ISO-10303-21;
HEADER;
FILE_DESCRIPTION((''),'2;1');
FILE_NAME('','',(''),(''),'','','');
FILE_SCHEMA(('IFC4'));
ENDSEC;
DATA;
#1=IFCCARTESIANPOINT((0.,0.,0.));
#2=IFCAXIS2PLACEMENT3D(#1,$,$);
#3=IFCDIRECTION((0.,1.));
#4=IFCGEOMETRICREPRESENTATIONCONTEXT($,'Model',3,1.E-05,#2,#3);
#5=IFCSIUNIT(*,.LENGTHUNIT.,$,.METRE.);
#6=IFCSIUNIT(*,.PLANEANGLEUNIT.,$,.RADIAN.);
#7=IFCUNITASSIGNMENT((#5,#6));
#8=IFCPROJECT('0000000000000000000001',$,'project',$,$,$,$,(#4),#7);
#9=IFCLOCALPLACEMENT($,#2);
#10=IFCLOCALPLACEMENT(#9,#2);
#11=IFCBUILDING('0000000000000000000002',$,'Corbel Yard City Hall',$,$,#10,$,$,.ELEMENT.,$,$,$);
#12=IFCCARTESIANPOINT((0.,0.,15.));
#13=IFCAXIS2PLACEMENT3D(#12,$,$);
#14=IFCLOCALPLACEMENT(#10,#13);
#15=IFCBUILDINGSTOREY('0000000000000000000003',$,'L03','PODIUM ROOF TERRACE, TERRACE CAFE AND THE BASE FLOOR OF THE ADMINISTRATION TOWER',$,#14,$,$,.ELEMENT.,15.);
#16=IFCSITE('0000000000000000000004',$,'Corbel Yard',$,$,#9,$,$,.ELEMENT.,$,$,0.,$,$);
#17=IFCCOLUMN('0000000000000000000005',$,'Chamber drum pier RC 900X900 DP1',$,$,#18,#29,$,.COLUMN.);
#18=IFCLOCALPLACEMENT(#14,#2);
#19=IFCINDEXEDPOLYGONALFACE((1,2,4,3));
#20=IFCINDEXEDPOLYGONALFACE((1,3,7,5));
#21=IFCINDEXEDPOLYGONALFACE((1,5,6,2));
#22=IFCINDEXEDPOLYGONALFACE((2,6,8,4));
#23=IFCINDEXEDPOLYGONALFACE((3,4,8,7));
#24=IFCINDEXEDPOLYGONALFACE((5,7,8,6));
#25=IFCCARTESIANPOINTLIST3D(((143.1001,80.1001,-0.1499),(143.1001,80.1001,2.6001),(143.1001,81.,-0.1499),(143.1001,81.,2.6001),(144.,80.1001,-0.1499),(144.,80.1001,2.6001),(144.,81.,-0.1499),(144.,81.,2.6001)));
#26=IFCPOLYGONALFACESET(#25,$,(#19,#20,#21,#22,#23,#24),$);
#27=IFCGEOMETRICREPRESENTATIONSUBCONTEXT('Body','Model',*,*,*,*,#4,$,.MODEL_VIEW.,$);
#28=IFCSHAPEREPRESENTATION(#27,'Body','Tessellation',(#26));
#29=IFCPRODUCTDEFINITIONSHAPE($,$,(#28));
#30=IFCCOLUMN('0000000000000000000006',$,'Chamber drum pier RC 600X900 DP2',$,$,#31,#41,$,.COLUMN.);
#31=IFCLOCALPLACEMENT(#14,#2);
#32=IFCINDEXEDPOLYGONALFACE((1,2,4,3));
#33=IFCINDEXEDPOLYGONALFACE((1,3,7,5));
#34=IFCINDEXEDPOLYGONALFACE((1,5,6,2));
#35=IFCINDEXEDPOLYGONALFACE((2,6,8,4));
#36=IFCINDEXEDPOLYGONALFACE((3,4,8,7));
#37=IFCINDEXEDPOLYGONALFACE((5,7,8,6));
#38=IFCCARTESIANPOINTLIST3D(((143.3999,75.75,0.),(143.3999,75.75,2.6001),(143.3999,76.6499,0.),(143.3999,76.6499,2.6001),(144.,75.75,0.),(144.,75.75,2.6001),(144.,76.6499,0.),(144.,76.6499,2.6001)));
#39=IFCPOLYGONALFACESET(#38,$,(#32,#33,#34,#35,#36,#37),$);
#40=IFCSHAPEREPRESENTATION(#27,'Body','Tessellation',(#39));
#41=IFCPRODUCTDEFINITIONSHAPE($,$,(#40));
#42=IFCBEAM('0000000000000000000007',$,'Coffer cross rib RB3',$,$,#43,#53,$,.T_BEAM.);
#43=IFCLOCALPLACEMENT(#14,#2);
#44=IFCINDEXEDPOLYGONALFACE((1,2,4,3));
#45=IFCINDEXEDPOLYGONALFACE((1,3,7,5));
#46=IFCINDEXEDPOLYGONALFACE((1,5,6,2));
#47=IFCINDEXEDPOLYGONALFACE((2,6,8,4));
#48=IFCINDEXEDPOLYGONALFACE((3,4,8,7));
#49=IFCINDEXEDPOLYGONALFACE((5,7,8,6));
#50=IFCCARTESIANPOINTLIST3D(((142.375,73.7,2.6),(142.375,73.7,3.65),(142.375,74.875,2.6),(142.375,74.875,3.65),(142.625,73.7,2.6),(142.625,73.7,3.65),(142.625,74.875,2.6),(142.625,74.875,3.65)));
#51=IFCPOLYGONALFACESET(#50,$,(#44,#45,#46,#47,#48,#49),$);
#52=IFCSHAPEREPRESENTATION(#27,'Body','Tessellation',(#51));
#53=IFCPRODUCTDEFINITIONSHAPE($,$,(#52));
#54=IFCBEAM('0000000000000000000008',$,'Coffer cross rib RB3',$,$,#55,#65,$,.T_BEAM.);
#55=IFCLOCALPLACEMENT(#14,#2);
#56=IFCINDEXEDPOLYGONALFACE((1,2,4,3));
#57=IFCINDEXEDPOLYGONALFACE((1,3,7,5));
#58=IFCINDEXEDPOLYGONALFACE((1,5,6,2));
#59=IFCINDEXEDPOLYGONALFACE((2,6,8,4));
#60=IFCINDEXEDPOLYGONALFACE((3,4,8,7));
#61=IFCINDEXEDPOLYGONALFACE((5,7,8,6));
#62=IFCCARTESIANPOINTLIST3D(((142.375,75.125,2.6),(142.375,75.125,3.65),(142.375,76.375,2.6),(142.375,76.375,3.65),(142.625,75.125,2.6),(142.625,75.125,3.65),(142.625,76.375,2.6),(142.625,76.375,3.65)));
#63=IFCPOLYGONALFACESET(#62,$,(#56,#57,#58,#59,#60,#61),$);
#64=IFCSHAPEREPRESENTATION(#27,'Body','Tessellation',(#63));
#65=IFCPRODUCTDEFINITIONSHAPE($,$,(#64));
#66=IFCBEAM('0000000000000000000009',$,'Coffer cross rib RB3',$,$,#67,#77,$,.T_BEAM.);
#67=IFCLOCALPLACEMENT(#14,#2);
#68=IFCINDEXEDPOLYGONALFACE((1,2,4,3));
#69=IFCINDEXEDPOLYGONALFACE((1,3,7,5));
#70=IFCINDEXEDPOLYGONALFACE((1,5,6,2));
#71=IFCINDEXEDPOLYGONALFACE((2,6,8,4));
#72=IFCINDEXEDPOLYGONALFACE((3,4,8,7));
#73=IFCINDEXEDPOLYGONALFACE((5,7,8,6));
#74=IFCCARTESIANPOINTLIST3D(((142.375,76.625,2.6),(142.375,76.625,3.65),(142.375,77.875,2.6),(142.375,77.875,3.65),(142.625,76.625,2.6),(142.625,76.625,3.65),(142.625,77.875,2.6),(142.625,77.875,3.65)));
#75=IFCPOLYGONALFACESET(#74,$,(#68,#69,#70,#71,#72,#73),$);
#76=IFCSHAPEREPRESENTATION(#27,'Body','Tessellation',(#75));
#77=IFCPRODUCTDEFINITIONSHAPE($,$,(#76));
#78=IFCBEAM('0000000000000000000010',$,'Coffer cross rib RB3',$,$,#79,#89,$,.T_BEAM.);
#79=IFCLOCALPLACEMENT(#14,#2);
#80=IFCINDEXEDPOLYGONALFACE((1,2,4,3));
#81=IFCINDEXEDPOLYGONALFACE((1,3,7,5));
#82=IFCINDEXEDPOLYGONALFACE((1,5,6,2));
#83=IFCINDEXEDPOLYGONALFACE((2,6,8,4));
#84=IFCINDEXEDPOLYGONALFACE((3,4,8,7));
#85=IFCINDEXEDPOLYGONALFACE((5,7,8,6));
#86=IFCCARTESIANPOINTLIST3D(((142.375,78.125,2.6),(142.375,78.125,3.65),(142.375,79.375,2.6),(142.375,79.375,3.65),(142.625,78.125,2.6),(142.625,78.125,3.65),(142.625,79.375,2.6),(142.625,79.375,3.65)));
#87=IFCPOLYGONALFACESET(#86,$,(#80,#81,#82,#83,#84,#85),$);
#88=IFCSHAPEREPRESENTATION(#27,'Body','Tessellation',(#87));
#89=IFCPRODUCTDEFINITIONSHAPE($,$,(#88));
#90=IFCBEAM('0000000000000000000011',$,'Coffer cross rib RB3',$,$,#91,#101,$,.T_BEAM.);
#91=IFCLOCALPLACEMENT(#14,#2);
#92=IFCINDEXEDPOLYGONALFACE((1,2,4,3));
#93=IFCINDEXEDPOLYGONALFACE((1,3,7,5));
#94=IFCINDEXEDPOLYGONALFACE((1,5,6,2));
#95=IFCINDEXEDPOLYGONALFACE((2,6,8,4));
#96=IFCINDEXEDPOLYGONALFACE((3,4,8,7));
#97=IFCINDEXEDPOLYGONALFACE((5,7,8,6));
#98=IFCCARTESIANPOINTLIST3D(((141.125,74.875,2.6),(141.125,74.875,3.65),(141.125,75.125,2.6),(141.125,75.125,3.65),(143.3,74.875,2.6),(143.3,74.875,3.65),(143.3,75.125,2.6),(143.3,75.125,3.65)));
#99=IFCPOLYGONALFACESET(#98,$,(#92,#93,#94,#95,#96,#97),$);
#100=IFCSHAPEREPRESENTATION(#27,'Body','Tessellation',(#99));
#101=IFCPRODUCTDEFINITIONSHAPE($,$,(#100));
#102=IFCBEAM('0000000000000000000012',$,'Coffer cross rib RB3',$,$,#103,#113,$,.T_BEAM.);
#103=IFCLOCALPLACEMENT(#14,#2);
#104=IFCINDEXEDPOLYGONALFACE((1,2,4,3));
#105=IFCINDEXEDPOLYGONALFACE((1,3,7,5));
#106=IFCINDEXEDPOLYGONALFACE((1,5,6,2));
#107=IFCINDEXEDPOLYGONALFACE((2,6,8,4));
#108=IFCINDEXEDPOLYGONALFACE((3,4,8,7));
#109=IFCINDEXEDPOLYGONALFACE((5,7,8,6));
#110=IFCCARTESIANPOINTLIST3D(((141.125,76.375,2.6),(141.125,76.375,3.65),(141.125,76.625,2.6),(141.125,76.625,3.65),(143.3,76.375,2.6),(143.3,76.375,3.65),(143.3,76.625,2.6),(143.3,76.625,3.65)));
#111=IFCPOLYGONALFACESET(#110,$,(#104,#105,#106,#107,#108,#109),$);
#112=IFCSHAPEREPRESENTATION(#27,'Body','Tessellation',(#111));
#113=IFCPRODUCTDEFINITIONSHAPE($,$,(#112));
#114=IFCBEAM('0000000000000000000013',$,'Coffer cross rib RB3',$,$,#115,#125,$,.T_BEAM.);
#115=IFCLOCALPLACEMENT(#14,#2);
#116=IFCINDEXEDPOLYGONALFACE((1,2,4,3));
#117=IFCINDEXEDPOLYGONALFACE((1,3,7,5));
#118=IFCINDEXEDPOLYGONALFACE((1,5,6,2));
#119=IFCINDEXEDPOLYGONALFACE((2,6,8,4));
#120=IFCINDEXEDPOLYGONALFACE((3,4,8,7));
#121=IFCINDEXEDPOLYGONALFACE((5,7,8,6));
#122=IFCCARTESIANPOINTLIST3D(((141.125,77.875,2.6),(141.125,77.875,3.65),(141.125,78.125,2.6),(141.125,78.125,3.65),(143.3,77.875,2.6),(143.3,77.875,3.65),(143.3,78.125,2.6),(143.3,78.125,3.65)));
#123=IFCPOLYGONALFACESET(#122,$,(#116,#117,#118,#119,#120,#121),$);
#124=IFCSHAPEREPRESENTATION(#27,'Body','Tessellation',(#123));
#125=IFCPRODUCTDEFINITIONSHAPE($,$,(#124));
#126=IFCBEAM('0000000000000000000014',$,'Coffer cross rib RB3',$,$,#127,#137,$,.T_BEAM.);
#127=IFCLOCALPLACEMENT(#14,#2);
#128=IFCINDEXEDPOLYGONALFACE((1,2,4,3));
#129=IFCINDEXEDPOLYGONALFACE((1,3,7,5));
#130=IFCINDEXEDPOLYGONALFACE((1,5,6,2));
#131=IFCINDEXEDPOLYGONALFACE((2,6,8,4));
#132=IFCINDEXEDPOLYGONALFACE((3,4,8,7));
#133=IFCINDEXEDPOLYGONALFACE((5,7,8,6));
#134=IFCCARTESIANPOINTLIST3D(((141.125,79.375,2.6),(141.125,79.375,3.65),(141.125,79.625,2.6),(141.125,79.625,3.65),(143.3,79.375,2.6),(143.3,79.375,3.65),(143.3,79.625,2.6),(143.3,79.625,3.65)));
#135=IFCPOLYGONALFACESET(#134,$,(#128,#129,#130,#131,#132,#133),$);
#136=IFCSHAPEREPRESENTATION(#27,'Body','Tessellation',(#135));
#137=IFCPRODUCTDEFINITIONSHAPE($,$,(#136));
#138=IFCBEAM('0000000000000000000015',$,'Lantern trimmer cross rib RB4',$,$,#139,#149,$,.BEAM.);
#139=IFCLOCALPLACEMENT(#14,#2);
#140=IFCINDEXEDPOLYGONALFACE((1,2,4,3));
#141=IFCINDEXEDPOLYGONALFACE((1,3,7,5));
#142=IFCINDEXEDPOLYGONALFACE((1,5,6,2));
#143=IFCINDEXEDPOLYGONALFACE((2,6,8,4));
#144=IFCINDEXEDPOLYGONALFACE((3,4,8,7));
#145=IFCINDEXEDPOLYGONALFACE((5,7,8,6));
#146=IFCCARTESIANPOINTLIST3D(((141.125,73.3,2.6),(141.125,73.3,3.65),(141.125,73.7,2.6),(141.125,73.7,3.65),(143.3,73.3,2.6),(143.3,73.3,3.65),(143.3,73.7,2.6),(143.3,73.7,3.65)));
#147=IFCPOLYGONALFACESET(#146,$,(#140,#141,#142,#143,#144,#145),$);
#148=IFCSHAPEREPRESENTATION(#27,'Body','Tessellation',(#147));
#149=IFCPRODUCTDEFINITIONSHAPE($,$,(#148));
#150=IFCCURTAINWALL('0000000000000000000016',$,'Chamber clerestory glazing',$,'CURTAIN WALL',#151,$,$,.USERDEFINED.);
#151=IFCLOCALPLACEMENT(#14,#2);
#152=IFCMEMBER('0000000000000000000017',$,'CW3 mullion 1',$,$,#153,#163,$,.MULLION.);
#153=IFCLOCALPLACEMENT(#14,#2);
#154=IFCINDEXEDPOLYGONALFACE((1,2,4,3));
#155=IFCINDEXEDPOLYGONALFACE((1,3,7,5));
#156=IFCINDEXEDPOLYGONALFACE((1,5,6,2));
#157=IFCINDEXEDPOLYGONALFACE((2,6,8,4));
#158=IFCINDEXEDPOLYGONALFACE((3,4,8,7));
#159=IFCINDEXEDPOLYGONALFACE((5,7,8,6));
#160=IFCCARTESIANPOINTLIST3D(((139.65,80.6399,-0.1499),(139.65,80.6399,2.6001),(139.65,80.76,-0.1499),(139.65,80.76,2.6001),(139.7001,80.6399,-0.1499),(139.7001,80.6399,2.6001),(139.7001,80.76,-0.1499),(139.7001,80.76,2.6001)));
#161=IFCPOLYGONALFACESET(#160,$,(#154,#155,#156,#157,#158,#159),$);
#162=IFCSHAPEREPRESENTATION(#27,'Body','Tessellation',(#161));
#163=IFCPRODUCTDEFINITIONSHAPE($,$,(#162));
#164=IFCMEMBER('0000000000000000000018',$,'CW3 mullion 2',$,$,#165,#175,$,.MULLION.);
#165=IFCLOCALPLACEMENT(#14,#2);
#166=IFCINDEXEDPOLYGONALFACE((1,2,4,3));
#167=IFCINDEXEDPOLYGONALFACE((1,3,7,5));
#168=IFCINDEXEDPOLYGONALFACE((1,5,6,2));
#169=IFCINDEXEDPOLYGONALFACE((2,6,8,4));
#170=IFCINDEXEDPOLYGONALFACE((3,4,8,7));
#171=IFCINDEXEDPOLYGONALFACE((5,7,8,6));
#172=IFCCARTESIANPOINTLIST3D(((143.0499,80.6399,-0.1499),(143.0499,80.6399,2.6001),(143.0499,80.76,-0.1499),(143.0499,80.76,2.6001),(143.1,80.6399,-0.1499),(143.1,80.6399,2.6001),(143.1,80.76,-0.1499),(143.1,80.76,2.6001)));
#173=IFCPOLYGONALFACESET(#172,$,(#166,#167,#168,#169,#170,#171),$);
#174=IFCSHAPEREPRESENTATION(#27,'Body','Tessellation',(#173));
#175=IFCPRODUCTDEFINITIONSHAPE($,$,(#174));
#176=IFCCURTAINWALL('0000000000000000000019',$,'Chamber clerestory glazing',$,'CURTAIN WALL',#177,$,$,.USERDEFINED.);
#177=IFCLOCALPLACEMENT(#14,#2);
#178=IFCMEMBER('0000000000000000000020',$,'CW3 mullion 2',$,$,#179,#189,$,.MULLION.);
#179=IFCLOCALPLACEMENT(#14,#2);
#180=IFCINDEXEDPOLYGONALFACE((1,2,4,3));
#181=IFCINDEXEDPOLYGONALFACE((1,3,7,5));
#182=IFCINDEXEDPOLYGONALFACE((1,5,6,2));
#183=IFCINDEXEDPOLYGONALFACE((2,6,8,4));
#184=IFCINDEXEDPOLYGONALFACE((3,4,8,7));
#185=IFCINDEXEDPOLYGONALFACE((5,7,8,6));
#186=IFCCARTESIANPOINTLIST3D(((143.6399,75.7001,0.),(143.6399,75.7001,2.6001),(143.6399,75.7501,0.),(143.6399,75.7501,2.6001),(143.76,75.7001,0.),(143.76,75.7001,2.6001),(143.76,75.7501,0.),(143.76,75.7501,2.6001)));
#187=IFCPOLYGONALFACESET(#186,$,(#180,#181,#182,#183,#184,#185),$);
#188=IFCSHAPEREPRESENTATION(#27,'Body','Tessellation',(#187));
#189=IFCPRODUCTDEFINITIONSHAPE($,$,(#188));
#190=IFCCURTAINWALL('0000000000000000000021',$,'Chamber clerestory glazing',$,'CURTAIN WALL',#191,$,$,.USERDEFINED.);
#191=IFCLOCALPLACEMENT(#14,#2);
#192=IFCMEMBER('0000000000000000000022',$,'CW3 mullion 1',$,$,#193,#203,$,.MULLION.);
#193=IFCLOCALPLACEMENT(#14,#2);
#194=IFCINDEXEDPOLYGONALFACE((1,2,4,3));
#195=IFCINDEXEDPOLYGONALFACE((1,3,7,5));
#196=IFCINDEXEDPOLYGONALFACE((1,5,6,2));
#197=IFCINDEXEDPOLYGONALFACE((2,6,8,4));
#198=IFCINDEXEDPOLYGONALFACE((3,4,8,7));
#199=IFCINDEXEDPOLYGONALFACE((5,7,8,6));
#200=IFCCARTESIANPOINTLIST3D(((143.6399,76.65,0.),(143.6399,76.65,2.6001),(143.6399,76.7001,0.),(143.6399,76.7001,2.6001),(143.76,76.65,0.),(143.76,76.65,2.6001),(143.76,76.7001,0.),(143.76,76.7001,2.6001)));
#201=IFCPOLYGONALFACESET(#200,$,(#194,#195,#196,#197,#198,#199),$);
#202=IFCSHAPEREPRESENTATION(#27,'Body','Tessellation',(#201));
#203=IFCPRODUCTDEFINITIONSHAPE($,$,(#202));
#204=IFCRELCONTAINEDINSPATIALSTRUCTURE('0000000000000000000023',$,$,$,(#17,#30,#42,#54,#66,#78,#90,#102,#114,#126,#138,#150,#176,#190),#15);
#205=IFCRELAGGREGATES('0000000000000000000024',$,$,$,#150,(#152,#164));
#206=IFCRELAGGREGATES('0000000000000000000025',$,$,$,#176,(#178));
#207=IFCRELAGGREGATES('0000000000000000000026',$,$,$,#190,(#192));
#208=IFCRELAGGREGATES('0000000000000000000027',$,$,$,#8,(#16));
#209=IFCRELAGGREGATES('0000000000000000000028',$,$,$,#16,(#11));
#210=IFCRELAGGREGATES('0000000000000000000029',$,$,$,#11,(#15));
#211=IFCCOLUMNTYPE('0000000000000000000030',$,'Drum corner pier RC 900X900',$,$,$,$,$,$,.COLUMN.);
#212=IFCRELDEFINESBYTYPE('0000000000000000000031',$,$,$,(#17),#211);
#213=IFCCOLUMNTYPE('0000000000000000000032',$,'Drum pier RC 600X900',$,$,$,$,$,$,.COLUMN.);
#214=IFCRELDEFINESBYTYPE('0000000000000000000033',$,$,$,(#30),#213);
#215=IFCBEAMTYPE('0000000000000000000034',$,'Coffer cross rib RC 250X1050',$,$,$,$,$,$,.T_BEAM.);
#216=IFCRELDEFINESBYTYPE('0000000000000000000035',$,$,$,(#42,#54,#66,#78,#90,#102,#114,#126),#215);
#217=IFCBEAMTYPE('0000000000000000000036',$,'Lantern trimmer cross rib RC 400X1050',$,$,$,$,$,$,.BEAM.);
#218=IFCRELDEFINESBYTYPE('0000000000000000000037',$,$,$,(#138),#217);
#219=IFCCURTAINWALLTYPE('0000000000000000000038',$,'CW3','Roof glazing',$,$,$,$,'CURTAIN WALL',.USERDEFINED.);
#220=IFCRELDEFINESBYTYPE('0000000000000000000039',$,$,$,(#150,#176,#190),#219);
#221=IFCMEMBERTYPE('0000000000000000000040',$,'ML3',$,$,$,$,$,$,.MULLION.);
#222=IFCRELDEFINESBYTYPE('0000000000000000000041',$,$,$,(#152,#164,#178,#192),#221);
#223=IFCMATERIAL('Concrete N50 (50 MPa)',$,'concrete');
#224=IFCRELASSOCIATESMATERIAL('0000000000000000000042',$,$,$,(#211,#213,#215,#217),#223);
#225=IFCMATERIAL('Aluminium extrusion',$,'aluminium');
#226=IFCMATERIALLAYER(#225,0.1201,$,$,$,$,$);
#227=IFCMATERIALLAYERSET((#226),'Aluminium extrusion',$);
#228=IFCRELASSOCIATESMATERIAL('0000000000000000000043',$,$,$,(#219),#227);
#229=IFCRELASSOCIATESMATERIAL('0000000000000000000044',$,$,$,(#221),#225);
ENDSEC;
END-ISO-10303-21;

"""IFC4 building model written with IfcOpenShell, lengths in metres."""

from ifc_helpers import new_model, si_unit, direction, frame, origin, origin_2d, place, context, subcontext, project, spatial, rectangle, extrude, material, layer, layer_set, material_profile, profile_set, type_object, element, aggregate, save


model = new_model("IFC4")

# Units and contexts
model_context = context("Model", 3, precision=1e-05, world=origin(), true_north=direction((0.0, 1.0)))
body_context = subcontext(model_context, "Body", "Model", "MODEL_VIEW")
ifc_project = project(units=[si_unit("LENGTHUNIT", "METRE"), si_unit("PLANEANGLEUNIT", "RADIAN")], contexts=[model_context])

# Site, building, storey
site_placement = place(None, origin())
site = spatial("IfcSite", under=ifc_project, at=site_placement, Name="Corbel Yard", CompositionType="ELEMENT", RefElevation=0.0)
building_placement = place(site_placement, origin())
building = spatial("IfcBuilding", under=site, at=building_placement, Name="Corbel Yard City Hall", CompositionType="ELEMENT")
storey_placement = place(building_placement, frame((0.0, 0.0, 15.0)))
storey = spatial("IfcBuildingStorey", under=building, at=storey_placement, Name="L03", Description="PODIUM ROOF TERRACE, TERRACE CAFE AND THE BASE FLOOR OF THE ADMINISTRATION TOWER", CompositionType="ELEMENT", Elevation=15.0)

# Columns
ifc_material_1 = material(Name="Concrete N50 (50 MPa)", Category="concrete")
ifc_material_profile_1 = material_profile(ifc_material_1, rectangle(XDim=0.8999, YDim=0.8999, at=origin_2d()), Name="900x900")
ifc_profile_set_1 = profile_set([ifc_material_profile_1], Name="Concrete N50 (50 MPa)")
column_type_1 = type_object("IfcColumnType", Name="Drum corner pier RC 900X900", PredefinedType="COLUMN", material=ifc_profile_set_1)
column_1_placement = place(storey_placement, frame((143.55, 80.55, -0.1499), z_axis=(0.0, 0.0, 1.0), x_axis=(1.0, 0.0, 0.0)))
element("IfcColumn", 1, at=column_1_placement, inside=storey, type_object=column_type_1, Name="Chamber drum pier RC 900X900 DP1", PredefinedType="COLUMN", context=body_context, shape_type="SweptSolid", body=[
    extrude(rectangle(XDim=0.8999, YDim=0.8999, at=origin_2d()), origin(), (0.0, 0.0, 1.0), 2.75),
])
ifc_material_profile_2 = material_profile(ifc_material_1, rectangle(XDim=0.6001, YDim=0.8999, at=origin_2d()), Name="600x900")
ifc_profile_set_2 = profile_set([ifc_material_profile_2], Name="Concrete N50 (50 MPa)")
column_type_2 = type_object("IfcColumnType", Name="Drum pier RC 600X900", PredefinedType="COLUMN", material=ifc_profile_set_2)
column_2_placement = place(storey_placement, frame((143.7, 76.2, 0.0), z_axis=(0.0, 0.0, 1.0), x_axis=(1.0, 0.0, 0.0)))
element("IfcColumn", 2, at=column_2_placement, inside=storey, type_object=column_type_2, Name="Chamber drum pier RC 600X900 DP2", PredefinedType="COLUMN", context=body_context, shape_type="SweptSolid", body=[
    extrude(rectangle(XDim=0.6001, YDim=0.8999, at=origin_2d()), origin(), (0.0, 0.0, 1.0), 2.6001),
])

# Beams
ifc_material_profile_3 = material_profile(ifc_material_1, rectangle(XDim=0.25, YDim=1.05, at=origin_2d()), Name="250x1050")
ifc_profile_set_3 = profile_set([ifc_material_profile_3], Name="Concrete N50 (50 MPa)")
beam_type_1 = type_object("IfcBeamType", Name="Coffer cross rib RC 250X1050", PredefinedType="T_BEAM", material=ifc_profile_set_3)
beam_1_placement = place(storey_placement, frame((142.5, 73.7, 3.125), z_axis=(0.0, 1.0, 0.0), x_axis=(-1.0, 0.0, 0.0)))
element("IfcBeam", 3, at=beam_1_placement, inside=storey, type_object=beam_type_1, Name="Coffer cross rib RB3", PredefinedType="T_BEAM", context=body_context, shape_type="SweptSolid", body=[
    extrude(rectangle(XDim=0.25, YDim=1.05, at=origin_2d()), origin(), (0.0, 0.0, 1.0), 1.175),
])
for number, where, z_axis, x_axis, name in (
    (4, (142.5, 75.125, 3.125), (0.0, 1.0, 0.0), (-1.0, 0.0, 0.0), "Coffer cross rib RB3"),
    (5, (142.5, 76.625, 3.125), (0.0, 1.0, 0.0), (-1.0, 0.0, 0.0), "Coffer cross rib RB3"),
    (6, (142.5, 78.125, 3.125), (0.0, 1.0, 0.0), (-1.0, 0.0, 0.0), "Coffer cross rib RB3"),
):
    element("IfcBeam", number, at=place(storey_placement, frame(where, z_axis=z_axis, x_axis=x_axis)), inside=storey, type_object=beam_type_1, Name=name, PredefinedType="T_BEAM", context=body_context, shape_type="SweptSolid", body=[
        extrude(rectangle(XDim=0.25, YDim=1.05, at=origin_2d()), origin(), (0.0, 0.0, 1.0), 1.25),
    ])
for number, where, z_axis, x_axis, name in (
    (7, (141.125, 75.0, 3.125), (1.0, 0.0, 0.0), (0.0, 1.0, 0.0), "Coffer cross rib RB3"),
    (8, (141.125, 76.5, 3.125), (1.0, 0.0, 0.0), (0.0, 1.0, 0.0), "Coffer cross rib RB3"),
    (9, (141.125, 78.0, 3.125), (1.0, 0.0, 0.0), (0.0, 1.0, 0.0), "Coffer cross rib RB3"),
    (10, (141.125, 79.5, 3.125), (1.0, 0.0, 0.0), (0.0, 1.0, 0.0), "Coffer cross rib RB3"),
):
    element("IfcBeam", number, at=place(storey_placement, frame(where, z_axis=z_axis, x_axis=x_axis)), inside=storey, type_object=beam_type_1, Name=name, PredefinedType="T_BEAM", context=body_context, shape_type="SweptSolid", body=[
        extrude(rectangle(XDim=0.25, YDim=1.05, at=origin_2d()), origin(), (0.0, 0.0, 1.0), 2.175),
    ])
ifc_material_profile_4 = material_profile(ifc_material_1, rectangle(XDim=0.3999, YDim=1.05, at=origin_2d()), Name="400x1050")
ifc_profile_set_4 = profile_set([ifc_material_profile_4], Name="Concrete N50 (50 MPa)")
beam_type_2 = type_object("IfcBeamType", Name="Lantern trimmer cross rib RC 400X1050", PredefinedType="BEAM", material=ifc_profile_set_4)
beam_2_placement = place(storey_placement, frame((141.125, 73.5, 3.125), z_axis=(1.0, 0.0, 0.0), x_axis=(0.0, 1.0, 0.0)))
element("IfcBeam", 11, at=beam_2_placement, inside=storey, type_object=beam_type_2, Name="Lantern trimmer cross rib RB4", PredefinedType="BEAM", context=body_context, shape_type="SweptSolid", body=[
    extrude(rectangle(XDim=0.3999, YDim=1.05, at=origin_2d()), origin(), (0.0, 0.0, 1.0), 2.175),
])

# Curtain wall, members
ifc_material_2 = material(Name="Aluminium extrusion", Category="aluminium")
ifc_layer_1 = layer(ifc_material_2, 0.1201)
ifc_layer_set_1 = layer_set([ifc_layer_1], Name="Aluminium extrusion")
curtain_wall_type = type_object("IfcCurtainWallType", Name="CW3", Description="Roof glazing", ElementType="CURTAIN WALL", PredefinedType="USERDEFINED", material=ifc_layer_set_1)
curtain_wall_1_placement = place(storey_placement, origin())
curtain_wall_1 = element("IfcCurtainWall", 12, at=curtain_wall_1_placement, inside=storey, type_object=curtain_wall_type, Name="Chamber clerestory glazing", ObjectType="CURTAIN WALL", PredefinedType="USERDEFINED")
ifc_material_profile_5 = material_profile(ifc_material_2, rectangle(XDim=0.1201, YDim=0.05, at=origin_2d()), Name="120x50")
ifc_profile_set_5 = profile_set([ifc_material_profile_5], Name="Aluminium extrusion")
member_type_1 = type_object("IfcMemberType", Name="ML3", PredefinedType="MULLION", material=ifc_profile_set_5)
member_1_placement = place(storey_placement, frame((139.675, 80.7, -0.1499), z_axis=(0.0, 0.0, 1.0), x_axis=(0.0, 1.0, 0.0)))
member_1 = element("IfcMember", 13, at=member_1_placement, type_object=member_type_1, Name="CW3 mullion 1", PredefinedType="MULLION", context=body_context, shape_type="SweptSolid", body=[
    extrude(rectangle(XDim=0.1201, YDim=0.05, at=origin_2d()), origin(), (0.0, 0.0, 1.0), 2.75),
])
member_2_placement = place(storey_placement, frame((143.075, 80.7, -0.1499), z_axis=(0.0, 0.0, 1.0), x_axis=(0.0, 1.0, 0.0)))
member_2 = element("IfcMember", 14, at=member_2_placement, type_object=member_type_1, Name="CW3 mullion 2", PredefinedType="MULLION", context=body_context, shape_type="SweptSolid", body=[
    extrude(rectangle(XDim=0.1201, YDim=0.05, at=origin_2d()), origin(), (0.0, 0.0, 1.0), 2.75),
])

# Curtain wall, member
curtain_wall_2_placement = place(storey_placement, origin())
curtain_wall_2 = element("IfcCurtainWall", 15, at=curtain_wall_2_placement, inside=storey, type_object=curtain_wall_type, Name="Chamber clerestory glazing", ObjectType="CURTAIN WALL", PredefinedType="USERDEFINED")
member_3_placement = place(storey_placement, frame((143.7, 75.7251, 0.0), z_axis=(0.0, 0.0, 1.0), x_axis=(-1.0, 0.0, 0.0)))
member_3 = element("IfcMember", 16, at=member_3_placement, type_object=member_type_1, Name="CW3 mullion 2", PredefinedType="MULLION", context=body_context, shape_type="SweptSolid", body=[
    extrude(rectangle(XDim=0.1201, YDim=0.05, at=origin_2d()), origin(), (0.0, 0.0, 1.0), 2.6001),
])

# Curtain wall, member
curtain_wall_3_placement = place(storey_placement, origin())
curtain_wall_3 = element("IfcCurtainWall", 17, at=curtain_wall_3_placement, inside=storey, type_object=curtain_wall_type, Name="Chamber clerestory glazing", ObjectType="CURTAIN WALL", PredefinedType="USERDEFINED")
member_4_placement = place(storey_placement, frame((143.7, 76.675, 0.0), z_axis=(0.0, 0.0, 1.0), x_axis=(-1.0, 0.0, 0.0)))
member_4 = element("IfcMember", 18, at=member_4_placement, type_object=member_type_1, Name="CW3 mullion 1", PredefinedType="MULLION", context=body_context, shape_type="SweptSolid", body=[
    extrude(rectangle(XDim=0.1201, YDim=0.05, at=origin_2d()), origin(), (0.0, 0.0, 1.0), 2.6001),
])

aggregate(curtain_wall_1, [member_1, member_2])
aggregate(curtain_wall_2, [member_3])
aggregate(curtain_wall_3, [member_4])

save(model, "model.ifc")
